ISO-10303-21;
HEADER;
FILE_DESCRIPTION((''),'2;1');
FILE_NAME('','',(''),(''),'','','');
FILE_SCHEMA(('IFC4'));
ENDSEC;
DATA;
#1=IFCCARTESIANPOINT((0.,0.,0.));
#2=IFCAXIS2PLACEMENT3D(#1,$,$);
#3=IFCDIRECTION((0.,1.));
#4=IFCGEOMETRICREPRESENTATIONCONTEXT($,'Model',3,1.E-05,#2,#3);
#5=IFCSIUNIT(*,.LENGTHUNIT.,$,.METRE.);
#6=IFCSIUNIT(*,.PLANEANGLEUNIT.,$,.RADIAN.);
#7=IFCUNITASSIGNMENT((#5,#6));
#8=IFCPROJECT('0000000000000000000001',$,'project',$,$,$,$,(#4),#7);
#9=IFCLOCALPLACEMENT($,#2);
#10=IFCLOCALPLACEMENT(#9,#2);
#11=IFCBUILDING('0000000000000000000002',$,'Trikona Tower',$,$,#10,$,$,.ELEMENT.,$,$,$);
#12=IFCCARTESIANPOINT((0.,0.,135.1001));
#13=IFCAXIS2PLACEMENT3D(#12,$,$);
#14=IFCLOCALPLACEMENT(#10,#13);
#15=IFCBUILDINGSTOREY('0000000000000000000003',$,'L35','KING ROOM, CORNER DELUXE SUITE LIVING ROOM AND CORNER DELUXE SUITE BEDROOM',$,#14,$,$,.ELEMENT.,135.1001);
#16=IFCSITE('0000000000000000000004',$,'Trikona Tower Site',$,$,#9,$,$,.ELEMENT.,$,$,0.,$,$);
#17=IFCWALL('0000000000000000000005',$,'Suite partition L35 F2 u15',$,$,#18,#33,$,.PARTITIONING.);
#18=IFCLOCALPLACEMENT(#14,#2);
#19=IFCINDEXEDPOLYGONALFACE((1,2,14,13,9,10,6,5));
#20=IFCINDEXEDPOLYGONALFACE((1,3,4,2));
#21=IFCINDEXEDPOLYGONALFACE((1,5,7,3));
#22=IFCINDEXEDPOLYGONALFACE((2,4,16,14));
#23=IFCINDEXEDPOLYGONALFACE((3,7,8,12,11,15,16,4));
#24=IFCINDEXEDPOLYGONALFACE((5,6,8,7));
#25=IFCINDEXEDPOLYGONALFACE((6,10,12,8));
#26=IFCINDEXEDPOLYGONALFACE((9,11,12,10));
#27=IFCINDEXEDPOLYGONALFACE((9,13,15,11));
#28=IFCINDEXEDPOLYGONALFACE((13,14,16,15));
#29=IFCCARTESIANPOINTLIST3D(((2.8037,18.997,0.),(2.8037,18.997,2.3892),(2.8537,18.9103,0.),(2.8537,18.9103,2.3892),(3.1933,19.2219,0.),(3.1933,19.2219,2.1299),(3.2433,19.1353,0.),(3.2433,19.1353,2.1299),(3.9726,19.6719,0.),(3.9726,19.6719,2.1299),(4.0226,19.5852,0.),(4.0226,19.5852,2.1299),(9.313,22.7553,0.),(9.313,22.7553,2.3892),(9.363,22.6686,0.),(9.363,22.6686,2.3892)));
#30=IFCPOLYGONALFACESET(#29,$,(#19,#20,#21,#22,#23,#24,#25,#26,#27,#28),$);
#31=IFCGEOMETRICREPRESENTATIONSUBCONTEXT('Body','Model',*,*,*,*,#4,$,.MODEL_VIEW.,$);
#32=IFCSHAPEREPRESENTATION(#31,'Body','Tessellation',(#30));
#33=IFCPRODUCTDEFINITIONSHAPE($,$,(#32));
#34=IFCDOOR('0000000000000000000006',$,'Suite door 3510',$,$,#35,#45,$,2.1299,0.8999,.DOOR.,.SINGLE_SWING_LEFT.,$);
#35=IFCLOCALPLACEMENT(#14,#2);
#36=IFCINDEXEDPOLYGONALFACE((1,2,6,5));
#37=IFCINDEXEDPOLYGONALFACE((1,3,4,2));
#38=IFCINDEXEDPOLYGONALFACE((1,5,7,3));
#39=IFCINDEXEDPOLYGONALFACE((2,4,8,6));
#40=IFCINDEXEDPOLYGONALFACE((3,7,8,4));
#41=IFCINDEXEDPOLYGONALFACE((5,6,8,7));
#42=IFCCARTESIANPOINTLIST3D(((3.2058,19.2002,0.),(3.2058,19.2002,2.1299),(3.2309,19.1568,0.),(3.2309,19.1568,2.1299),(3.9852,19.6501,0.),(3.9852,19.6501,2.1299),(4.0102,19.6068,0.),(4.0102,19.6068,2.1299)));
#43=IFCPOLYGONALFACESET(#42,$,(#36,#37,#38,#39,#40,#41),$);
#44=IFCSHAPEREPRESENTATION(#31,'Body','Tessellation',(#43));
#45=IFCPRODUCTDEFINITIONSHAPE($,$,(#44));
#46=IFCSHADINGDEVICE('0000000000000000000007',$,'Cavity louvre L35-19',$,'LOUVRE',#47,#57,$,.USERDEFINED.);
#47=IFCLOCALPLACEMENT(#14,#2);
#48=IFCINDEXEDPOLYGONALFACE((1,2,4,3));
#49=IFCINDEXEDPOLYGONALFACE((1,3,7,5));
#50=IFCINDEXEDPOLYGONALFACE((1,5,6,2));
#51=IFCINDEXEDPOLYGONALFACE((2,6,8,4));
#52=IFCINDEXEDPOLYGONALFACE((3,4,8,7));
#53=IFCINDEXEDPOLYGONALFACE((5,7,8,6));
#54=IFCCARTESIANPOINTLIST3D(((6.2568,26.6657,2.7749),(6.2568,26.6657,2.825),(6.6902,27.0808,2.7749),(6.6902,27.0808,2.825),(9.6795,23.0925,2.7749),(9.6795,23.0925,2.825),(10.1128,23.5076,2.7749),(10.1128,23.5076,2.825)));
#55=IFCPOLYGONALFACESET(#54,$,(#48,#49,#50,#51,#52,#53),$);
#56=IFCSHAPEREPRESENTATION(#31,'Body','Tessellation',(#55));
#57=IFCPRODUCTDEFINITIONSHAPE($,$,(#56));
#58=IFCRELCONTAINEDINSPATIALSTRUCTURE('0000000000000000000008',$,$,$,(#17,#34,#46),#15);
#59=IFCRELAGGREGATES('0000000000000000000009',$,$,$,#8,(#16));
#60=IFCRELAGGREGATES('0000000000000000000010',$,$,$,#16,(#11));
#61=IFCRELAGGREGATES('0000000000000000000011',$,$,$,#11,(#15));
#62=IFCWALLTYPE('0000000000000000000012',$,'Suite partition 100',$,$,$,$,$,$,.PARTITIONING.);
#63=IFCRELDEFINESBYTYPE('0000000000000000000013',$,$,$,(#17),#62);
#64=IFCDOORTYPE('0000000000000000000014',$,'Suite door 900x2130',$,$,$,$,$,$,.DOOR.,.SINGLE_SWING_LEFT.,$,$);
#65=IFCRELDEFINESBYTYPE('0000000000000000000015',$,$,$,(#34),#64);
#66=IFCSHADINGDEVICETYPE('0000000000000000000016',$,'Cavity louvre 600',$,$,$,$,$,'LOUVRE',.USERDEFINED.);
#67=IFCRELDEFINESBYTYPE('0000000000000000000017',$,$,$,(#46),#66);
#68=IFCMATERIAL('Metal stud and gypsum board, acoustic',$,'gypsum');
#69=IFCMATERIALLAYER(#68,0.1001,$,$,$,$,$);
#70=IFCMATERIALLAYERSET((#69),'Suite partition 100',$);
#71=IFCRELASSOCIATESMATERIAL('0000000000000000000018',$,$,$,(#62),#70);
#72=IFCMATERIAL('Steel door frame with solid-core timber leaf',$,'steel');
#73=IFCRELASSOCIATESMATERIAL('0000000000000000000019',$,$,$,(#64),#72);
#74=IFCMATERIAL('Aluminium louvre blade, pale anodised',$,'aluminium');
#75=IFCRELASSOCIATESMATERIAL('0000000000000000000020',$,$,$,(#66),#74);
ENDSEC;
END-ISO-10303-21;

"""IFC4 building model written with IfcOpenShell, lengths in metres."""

from ifc_helpers import new_model, si_unit, direction, frame, frame_2d, origin, origin_2d, place, context, subcontext, project, spatial, rectangle, extrude, material, layer, layer_set, type_object, element, fill, save


model = new_model("IFC4")

# Units and contexts
model_context = context("Model", 3, precision=1e-05, world=origin(), true_north=direction((0.0, 1.0)))
body_context = subcontext(model_context, "Body", "Model", "MODEL_VIEW")
ifc_project = project(units=[si_unit("LENGTHUNIT", "METRE"), si_unit("PLANEANGLEUNIT", "RADIAN")], contexts=[model_context])

# Site, building, storey
site_placement = place(None, origin())
site = spatial("IfcSite", under=ifc_project, at=site_placement, Name="Trikona Tower Site", CompositionType="ELEMENT", RefElevation=0.0)
building_placement = place(site_placement, origin())
building = spatial("IfcBuilding", under=site, at=building_placement, Name="Trikona Tower", CompositionType="ELEMENT")
storey_placement = place(building_placement, frame((0.0, 0.0, 135.1001)))
storey = spatial("IfcBuildingStorey", under=building, at=storey_placement, Name="L35", Description="KING ROOM, CORNER DELUXE SUITE LIVING ROOM AND CORNER DELUXE SUITE BEDROOM", CompositionType="ELEMENT", Elevation=135.1001)

# Wall, opening, door
ifc_material_1 = material(Name="Metal stud and gypsum board, acoustic", Category="gypsum")
ifc_layer_1 = layer(ifc_material_1, 0.1001)
ifc_layer_set_1 = layer_set([ifc_layer_1], Name="Suite partition 100")
wall_type_1 = type_object("IfcWallType", Name="Suite partition 100", PredefinedType="PARTITIONING", material=ifc_layer_set_1)
wall_1_placement = place(storey_placement, frame((2.8286, 18.9536, 0.0), z_axis=(0.0, 0.0, 1.0), x_axis=(0.866016, 0.500017, 0.0)))
wall_1 = element("IfcWall", 1, at=wall_1_placement, inside=storey, type_object=wall_type_1, Name="Suite partition L35 F2 u15", PredefinedType="PARTITIONING", context=body_context, shape_type="SweptSolid", body=[
    extrude(rectangle(XDim=7.5164, YDim=0.1001, at=frame_2d((3.7583, 0.0))), origin(), (0.0, 0.0, 1.0), 2.3892),
])
opening_1_placement = place(wall_1_placement, frame((0.45, 0.0, 0.0)))
opening_1 = element("IfcOpeningElement", 2, at=opening_1_placement, cuts=wall_1, PredefinedType="OPENING", context=body_context, shape_type="SweptSolid", body=[
    extrude(rectangle(XDim=0.8999, YDim=2.1299, at=frame_2d((0.45, 1.0649))), frame((0.0, 0.0601, 0.0), z_axis=(0.0, -1.0, 0.0), x_axis=(1.0, 0.0, 0.0)), (0.0, 0.0, 1.0), 0.1201),
])
ifc_material_2 = material(Name="Steel door frame with solid-core timber leaf", Category="steel")
door_type_1 = type_object("IfcDoorType", Name="Suite door 900x2130", OperationType="SINGLE_SWING_LEFT", PredefinedType="DOOR", material=ifc_material_2)
door_1_placement = place(opening_1_placement, origin())
door_1 = element("IfcDoor", 3, at=door_1_placement, inside=storey, type_object=door_type_1, Name="Suite door 3510", OperationType="SINGLE_SWING_LEFT", OverallHeight=2.1299, OverallWidth=0.8999, PredefinedType="DOOR", context=body_context, shape_type="SweptSolid", body=[
    extrude(rectangle(XDim=0.8999, YDim=2.1299, at=frame_2d((0.45, 1.0649))), frame((0.0, 0.0249, 0.0), z_axis=(0.0, -1.0, 0.0), x_axis=(1.0, 0.0, 0.0)), (0.0, 0.0, 1.0), 0.05),
])
fill(opening_1, door_1)

# Shading device
ifc_material_3 = material(Name="Aluminium louvre blade, pale anodised", Category="aluminium")
shading_device_type = type_object("IfcShadingDeviceType", Name="Cavity louvre 600", ElementType="LOUVRE", PredefinedType="USERDEFINED", material=ifc_material_3)
shading_device_placement = place(storey_placement, frame((8.1848, 25.0867, 2.7749), z_axis=(0.0, 0.0, 1.0), x_axis=(-0.691724, 0.722162, 0.0)))
element("IfcShadingDevice", 4, at=shading_device_placement, inside=storey, type_object=shading_device_type, Name="Cavity louvre L35-19", ObjectType="LOUVRE", PredefinedType="USERDEFINED", context=body_context, shape_type="SweptSolid", body=[
    extrude(rectangle(XDim=4.948, YDim=0.6001, at=origin_2d()), origin(), (0.0, 0.0, 1.0), 0.05),
])

save(model, "model.ifc")
